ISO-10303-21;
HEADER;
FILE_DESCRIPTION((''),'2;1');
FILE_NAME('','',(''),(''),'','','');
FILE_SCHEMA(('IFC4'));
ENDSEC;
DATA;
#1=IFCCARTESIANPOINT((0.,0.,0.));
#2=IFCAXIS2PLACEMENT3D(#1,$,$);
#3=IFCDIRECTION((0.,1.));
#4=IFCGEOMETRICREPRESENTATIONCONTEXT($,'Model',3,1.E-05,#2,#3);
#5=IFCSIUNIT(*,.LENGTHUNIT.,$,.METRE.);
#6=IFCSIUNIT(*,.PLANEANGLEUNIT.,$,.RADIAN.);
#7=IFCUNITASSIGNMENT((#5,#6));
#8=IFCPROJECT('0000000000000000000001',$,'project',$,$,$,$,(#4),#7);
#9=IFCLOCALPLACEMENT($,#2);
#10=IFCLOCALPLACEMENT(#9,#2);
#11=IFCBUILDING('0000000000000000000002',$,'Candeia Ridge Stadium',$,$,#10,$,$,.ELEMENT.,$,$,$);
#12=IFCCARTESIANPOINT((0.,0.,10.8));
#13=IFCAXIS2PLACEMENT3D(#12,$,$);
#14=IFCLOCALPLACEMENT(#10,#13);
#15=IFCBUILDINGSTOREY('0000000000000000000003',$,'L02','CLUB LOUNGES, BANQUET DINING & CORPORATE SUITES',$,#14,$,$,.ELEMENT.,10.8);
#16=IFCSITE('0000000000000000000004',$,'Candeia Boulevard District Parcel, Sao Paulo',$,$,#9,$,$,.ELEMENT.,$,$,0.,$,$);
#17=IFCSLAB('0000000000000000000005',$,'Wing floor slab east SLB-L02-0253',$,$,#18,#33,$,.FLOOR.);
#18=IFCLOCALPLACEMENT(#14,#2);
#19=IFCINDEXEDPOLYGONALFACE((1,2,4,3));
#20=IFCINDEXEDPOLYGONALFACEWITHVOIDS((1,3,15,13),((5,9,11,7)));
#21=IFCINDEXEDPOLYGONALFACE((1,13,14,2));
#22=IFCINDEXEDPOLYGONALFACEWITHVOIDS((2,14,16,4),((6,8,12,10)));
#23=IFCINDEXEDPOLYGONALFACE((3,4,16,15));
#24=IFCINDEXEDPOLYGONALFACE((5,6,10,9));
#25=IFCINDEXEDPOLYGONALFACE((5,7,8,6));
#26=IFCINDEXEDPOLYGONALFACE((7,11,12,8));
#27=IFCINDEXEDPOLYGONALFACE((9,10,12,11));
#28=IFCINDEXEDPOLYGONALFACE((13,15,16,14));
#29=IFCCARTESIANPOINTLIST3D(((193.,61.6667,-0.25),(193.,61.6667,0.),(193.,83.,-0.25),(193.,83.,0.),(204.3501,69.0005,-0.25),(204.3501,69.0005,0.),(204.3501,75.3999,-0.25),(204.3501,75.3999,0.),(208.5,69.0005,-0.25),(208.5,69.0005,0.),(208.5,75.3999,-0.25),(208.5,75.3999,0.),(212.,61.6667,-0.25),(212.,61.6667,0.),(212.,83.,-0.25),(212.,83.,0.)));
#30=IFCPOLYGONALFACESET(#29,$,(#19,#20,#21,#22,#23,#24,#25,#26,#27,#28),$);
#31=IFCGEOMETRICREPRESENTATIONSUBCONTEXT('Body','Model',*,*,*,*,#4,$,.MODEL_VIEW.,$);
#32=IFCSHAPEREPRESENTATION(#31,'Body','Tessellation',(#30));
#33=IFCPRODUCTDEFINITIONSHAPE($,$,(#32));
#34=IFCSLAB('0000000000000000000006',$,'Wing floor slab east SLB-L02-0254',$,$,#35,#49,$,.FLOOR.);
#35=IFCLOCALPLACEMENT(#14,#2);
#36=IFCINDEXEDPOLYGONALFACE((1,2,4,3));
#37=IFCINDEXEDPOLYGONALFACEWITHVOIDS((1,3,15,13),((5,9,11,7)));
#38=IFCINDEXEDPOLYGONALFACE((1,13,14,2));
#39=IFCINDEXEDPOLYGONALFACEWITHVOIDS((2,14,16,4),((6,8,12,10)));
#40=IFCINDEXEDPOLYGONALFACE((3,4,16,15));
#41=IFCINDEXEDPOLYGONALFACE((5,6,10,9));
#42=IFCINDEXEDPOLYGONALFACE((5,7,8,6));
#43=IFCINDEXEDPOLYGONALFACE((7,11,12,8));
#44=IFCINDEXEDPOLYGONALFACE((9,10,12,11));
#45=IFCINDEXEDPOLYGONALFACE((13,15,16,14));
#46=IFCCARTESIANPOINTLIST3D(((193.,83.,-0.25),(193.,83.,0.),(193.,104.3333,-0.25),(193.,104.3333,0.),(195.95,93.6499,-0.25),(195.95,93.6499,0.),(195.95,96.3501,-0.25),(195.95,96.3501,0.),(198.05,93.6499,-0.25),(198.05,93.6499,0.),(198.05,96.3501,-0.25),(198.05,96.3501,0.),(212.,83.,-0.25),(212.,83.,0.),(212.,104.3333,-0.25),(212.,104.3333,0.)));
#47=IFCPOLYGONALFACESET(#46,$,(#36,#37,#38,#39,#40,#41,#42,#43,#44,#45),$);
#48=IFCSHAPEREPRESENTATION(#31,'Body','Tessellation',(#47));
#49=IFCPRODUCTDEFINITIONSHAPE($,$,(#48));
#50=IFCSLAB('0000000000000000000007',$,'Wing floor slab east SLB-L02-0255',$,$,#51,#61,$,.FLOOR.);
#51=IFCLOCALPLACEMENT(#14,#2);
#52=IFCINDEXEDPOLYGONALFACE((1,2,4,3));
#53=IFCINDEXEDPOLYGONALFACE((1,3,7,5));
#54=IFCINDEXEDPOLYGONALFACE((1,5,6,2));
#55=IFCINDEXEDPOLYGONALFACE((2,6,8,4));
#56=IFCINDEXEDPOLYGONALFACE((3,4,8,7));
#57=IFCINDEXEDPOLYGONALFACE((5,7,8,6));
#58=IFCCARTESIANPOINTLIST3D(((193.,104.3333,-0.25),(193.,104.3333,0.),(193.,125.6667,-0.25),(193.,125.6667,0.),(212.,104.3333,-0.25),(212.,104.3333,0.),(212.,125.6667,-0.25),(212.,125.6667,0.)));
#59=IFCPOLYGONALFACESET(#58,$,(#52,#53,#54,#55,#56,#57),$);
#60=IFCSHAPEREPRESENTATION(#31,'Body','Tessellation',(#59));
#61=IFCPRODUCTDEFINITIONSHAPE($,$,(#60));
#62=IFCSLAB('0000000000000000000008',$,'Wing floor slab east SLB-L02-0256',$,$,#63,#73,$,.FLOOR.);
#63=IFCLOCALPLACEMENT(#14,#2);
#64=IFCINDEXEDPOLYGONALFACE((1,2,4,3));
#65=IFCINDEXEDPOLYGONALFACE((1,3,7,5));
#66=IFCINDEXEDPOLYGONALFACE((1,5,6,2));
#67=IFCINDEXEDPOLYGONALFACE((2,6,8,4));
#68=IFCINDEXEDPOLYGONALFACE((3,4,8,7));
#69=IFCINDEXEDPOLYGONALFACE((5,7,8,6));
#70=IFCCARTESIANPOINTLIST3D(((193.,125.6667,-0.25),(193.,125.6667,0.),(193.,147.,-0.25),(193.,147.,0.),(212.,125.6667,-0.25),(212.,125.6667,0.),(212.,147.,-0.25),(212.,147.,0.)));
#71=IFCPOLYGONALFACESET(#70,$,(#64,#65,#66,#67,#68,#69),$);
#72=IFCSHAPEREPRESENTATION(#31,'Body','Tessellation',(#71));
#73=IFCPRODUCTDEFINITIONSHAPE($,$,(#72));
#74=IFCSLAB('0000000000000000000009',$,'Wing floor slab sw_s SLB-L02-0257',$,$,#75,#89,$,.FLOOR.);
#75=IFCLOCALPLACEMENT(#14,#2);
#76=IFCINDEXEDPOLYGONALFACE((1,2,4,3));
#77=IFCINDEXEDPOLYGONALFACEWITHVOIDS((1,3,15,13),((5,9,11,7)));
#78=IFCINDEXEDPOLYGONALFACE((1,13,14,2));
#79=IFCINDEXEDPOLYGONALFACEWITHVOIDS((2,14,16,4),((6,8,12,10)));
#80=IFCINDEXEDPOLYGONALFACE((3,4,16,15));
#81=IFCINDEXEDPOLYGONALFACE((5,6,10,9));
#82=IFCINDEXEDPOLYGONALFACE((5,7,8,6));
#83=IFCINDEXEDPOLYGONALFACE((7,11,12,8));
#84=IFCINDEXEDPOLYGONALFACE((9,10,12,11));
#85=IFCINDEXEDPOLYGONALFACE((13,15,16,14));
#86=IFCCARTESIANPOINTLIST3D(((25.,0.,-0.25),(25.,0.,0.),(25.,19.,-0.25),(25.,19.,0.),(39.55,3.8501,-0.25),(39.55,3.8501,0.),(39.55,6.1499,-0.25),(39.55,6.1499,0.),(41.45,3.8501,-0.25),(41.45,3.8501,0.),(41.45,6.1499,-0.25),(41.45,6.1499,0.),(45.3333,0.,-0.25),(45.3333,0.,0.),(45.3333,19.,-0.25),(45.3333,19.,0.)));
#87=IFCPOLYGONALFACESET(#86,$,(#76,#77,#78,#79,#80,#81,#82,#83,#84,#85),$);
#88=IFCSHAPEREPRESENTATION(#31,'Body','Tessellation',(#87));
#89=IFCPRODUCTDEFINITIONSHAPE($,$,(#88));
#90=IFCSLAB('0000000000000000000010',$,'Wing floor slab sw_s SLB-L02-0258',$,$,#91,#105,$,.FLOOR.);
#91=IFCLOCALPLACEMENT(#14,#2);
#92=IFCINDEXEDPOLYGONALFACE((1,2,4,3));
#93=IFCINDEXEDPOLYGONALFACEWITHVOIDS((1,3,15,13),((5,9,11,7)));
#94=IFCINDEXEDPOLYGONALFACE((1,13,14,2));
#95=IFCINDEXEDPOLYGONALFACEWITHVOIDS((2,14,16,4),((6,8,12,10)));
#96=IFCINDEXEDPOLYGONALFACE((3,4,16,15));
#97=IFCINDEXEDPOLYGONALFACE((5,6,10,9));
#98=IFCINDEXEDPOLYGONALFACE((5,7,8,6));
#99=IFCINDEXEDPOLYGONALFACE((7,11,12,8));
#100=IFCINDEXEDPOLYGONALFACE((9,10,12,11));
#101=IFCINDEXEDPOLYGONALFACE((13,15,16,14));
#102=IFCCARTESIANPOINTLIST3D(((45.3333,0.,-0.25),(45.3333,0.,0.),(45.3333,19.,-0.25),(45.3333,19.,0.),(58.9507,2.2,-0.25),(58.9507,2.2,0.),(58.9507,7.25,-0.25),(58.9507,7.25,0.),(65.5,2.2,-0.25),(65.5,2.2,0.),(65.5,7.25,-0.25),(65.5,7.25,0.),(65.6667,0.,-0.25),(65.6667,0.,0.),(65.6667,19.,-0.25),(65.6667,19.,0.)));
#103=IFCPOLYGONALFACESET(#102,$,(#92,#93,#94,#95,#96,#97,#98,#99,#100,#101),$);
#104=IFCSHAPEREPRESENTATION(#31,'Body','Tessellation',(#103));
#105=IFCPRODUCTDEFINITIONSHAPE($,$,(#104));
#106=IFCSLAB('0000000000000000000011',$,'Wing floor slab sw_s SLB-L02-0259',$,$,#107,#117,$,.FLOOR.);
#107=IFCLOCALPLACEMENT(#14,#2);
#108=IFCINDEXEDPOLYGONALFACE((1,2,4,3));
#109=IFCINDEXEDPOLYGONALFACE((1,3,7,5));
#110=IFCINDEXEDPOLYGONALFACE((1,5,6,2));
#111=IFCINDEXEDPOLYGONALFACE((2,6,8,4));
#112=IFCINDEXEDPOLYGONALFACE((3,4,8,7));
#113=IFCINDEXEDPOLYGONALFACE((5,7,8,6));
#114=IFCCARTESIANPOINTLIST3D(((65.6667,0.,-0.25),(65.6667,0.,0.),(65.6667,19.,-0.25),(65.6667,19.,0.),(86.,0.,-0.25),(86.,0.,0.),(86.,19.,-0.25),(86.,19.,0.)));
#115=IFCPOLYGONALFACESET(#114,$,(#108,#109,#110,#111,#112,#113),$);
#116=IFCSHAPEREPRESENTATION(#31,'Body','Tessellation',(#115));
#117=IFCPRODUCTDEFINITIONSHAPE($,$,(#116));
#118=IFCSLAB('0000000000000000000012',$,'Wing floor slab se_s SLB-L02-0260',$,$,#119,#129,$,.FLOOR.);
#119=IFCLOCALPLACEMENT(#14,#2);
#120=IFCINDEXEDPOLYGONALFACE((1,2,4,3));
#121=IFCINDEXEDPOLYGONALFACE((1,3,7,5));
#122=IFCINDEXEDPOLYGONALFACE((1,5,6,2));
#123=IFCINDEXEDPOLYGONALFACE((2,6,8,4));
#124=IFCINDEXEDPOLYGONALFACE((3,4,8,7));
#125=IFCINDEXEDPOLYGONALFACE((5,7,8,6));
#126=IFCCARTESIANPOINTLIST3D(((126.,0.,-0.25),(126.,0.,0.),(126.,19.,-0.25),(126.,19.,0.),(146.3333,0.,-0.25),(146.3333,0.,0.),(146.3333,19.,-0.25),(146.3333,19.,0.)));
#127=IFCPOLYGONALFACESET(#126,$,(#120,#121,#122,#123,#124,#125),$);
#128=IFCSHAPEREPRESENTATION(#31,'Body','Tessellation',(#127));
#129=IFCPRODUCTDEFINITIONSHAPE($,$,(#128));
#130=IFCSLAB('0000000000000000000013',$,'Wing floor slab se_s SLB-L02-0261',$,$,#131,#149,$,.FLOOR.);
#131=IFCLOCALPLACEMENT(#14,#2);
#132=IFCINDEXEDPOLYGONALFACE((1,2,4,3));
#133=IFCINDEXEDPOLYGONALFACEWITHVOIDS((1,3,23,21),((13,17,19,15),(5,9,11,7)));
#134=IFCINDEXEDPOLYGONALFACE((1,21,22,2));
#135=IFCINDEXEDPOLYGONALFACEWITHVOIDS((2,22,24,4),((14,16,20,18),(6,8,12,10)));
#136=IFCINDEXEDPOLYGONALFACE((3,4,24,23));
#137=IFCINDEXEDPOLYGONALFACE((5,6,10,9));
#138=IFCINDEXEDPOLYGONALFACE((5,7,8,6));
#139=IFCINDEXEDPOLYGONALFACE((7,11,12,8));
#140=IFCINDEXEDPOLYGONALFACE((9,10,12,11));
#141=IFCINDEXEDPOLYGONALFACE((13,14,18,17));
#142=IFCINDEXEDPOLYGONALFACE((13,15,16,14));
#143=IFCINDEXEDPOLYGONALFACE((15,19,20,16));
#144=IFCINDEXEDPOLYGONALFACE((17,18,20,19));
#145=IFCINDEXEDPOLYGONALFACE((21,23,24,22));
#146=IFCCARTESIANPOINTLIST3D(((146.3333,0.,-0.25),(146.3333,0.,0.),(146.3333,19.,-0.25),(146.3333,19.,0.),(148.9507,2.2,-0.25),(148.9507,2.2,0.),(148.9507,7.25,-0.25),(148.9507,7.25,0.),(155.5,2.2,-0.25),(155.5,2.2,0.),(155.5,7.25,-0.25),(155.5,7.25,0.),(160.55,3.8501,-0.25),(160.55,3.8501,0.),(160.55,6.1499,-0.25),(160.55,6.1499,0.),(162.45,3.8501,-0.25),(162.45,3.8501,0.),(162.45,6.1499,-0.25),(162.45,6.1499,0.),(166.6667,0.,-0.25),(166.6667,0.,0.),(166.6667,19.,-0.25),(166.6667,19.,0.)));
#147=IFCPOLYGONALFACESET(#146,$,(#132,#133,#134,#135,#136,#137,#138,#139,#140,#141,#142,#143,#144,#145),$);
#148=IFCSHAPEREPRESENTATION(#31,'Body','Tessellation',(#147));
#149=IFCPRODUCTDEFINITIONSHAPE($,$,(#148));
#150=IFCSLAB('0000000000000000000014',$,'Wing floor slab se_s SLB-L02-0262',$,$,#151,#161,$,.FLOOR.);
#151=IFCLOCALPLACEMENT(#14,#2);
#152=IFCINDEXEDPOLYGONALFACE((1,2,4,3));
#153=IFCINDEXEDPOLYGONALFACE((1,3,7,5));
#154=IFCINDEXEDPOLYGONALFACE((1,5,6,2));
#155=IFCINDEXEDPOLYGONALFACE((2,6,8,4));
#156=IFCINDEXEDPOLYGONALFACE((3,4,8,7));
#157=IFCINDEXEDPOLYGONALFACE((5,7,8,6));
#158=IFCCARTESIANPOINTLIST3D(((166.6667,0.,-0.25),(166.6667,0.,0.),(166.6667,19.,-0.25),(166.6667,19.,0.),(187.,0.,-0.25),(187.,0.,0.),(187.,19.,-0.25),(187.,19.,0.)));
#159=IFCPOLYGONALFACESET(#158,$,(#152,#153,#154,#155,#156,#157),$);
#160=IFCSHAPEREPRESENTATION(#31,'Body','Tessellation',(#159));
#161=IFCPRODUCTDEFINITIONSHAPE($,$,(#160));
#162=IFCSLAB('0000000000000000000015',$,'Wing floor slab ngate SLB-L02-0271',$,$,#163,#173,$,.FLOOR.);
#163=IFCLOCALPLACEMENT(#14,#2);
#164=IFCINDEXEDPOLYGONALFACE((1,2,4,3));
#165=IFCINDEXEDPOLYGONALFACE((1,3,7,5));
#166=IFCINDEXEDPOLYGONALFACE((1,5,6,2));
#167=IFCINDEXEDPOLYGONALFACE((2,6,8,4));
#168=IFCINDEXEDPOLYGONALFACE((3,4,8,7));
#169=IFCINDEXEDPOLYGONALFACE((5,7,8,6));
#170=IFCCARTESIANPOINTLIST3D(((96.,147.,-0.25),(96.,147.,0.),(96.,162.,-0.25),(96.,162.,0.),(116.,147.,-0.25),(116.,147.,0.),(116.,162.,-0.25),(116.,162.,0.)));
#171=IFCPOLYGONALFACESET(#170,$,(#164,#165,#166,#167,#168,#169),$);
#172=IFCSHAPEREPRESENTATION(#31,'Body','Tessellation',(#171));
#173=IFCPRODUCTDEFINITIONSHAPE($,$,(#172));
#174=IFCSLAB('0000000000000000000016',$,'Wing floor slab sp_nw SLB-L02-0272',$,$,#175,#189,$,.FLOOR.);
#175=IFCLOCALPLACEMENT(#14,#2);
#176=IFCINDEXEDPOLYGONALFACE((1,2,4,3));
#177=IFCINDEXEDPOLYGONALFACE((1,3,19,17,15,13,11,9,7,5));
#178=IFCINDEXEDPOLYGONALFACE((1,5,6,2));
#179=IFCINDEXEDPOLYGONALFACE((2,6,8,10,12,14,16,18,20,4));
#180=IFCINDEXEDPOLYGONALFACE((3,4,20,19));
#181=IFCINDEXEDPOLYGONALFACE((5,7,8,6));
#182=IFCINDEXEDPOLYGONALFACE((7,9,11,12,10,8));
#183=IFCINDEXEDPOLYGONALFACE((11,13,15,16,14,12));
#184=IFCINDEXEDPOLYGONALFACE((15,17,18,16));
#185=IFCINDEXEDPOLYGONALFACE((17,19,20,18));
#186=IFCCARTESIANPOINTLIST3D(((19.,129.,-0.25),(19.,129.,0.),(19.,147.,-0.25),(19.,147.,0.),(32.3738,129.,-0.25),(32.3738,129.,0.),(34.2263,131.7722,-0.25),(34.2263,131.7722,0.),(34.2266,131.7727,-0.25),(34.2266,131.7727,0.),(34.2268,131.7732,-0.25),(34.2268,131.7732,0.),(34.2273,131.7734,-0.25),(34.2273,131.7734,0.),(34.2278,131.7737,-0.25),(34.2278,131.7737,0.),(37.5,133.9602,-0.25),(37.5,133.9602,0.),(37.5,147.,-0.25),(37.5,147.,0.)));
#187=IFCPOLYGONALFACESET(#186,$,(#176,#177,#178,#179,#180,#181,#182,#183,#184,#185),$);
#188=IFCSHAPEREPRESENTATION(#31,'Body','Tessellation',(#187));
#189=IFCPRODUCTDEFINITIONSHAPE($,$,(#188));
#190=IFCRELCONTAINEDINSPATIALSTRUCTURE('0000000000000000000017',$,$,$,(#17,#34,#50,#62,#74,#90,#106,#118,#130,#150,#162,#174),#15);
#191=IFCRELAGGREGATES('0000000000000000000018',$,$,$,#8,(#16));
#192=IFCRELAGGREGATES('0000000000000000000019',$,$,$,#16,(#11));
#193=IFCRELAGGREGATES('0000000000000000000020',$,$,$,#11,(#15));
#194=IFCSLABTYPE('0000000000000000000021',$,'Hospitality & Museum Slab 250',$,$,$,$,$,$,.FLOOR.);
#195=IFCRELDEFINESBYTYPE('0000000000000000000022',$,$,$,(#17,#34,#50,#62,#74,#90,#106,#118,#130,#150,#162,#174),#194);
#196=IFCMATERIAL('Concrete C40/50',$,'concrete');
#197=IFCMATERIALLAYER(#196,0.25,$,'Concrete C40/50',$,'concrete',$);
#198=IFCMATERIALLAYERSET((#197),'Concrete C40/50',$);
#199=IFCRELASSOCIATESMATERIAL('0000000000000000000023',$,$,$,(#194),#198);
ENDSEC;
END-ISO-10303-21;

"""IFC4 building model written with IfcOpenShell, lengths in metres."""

from ifc_helpers import new_model, si_unit, direction, frame, origin, place, context, subcontext, project, spatial, polyline, outline, extrude, material, layer, layer_set, type_object, element, save


model = new_model("IFC4")

# Units and contexts
model_context = context("Model", 3, precision=1e-05, world=origin(), true_north=direction((0.0, 1.0)))
body_context = subcontext(model_context, "Body", "Model", "MODEL_VIEW")
ifc_project = project(units=[si_unit("LENGTHUNIT", "METRE"), si_unit("PLANEANGLEUNIT", "RADIAN")], contexts=[model_context])

# Site, building, storey
site_placement = place(None, origin())
site = spatial("IfcSite", under=ifc_project, at=site_placement, Name="Candeia Boulevard District Parcel, Sao Paulo", CompositionType="ELEMENT", RefElevation=0.0)
building_placement = place(site_placement, origin())
building = spatial("IfcBuilding", under=site, at=building_placement, Name="Candeia Ridge Stadium", CompositionType="ELEMENT")
storey_placement = place(building_placement, frame((0.0, 0.0, 10.8)))
storey = spatial("IfcBuildingStorey", under=building, at=storey_placement, Name="L02", Description="CLUB LOUNGES, BANQUET DINING & CORPORATE SUITES", CompositionType="ELEMENT", Elevation=10.8)

# Shared definitions
ifc_material = material(Name="Concrete C40/50", Category="concrete")

# Slabs
ifc_layer_1 = layer(ifc_material, 0.25, Name="Concrete C40/50", Category="concrete")
ifc_layer_set_1 = layer_set([ifc_layer_1], Name="Concrete C40/50")
slab_type_1 = type_object("IfcSlabType", Name="Hospitality & Museum Slab 250", PredefinedType="FLOOR", material=ifc_layer_set_1)
slab_1_placement = place(storey_placement, frame((0.0, 0.0, -0.25)))
element("IfcSlab", 1, at=slab_1_placement, inside=storey, type_object=slab_type_1, Name="Wing floor slab east SLB-L02-0253", PredefinedType="FLOOR", context=body_context, shape_type="SweptSolid", body=[
    extrude(outline(polyline([(193.0, 61.6667), (193.0, 83.0), (212.0, 83.0), (212.0, 61.6667), (193.0, 61.6667)]), holes=[polyline([(208.5, 69.0005), (208.5, 75.3999), (204.3501, 75.3999), (204.3501, 69.0005), (208.5, 69.0005)])]), origin(), (0.0, 0.0, 1.0), 0.25),
])
slab_2_placement = place(storey_placement, frame((0.0, 0.0, -0.25)))
element("IfcSlab", 2, at=slab_2_placement, inside=storey, type_object=slab_type_1, Name="Wing floor slab east SLB-L02-0254", PredefinedType="FLOOR", context=body_context, shape_type="SweptSolid", body=[
    extrude(outline(polyline([(193.0, 83.0), (193.0, 104.3333), (212.0, 104.3333), (212.0, 83.0), (193.0, 83.0)]), holes=[polyline([(198.05, 93.6499), (198.05, 96.3501), (195.95, 96.3501), (195.95, 93.6499), (198.05, 93.6499)])]), origin(), (0.0, 0.0, 1.0), 0.25),
])
slab_3_placement = place(storey_placement, frame((0.0, 0.0, -0.25)))
element("IfcSlab", 3, at=slab_3_placement, inside=storey, type_object=slab_type_1, Name="Wing floor slab east SLB-L02-0255", PredefinedType="FLOOR", context=body_context, shape_type="SweptSolid", body=[
    extrude(outline(polyline([(193.0, 104.3333), (193.0, 125.6667), (212.0, 125.6667), (212.0, 104.3333), (193.0, 104.3333)])), origin(), (0.0, 0.0, 1.0), 0.25),
])
slab_4_placement = place(storey_placement, frame((0.0, 0.0, -0.25)))
element("IfcSlab", 4, at=slab_4_placement, inside=storey, type_object=slab_type_1, Name="Wing floor slab east SLB-L02-0256", PredefinedType="FLOOR", context=body_context, shape_type="SweptSolid", body=[
    extrude(outline(polyline([(193.0, 125.6667), (193.0, 147.0), (212.0, 147.0), (212.0, 125.6667), (193.0, 125.6667)])), origin(), (0.0, 0.0, 1.0), 0.25),
])
slab_5_placement = place(storey_placement, frame((0.0, 0.0, -0.25)))
element("IfcSlab", 5, at=slab_5_placement, inside=storey, type_object=slab_type_1, Name="Wing floor slab sw_s SLB-L02-0257", PredefinedType="FLOOR", context=body_context, shape_type="SweptSolid", body=[
    extrude(outline(polyline([(25.0, 0.0), (25.0, 19.0), (45.3333, 19.0), (45.3333, 0.0), (25.0, 0.0)]), holes=[polyline([(41.45, 3.8501), (41.45, 6.1499), (39.55, 6.1499), (39.55, 3.8501), (41.45, 3.8501)])]), origin(), (0.0, 0.0, 1.0), 0.25),
])
slab_6_placement = place(storey_placement, frame((0.0, 0.0, -0.25)))
element("IfcSlab", 6, at=slab_6_placement, inside=storey, type_object=slab_type_1, Name="Wing floor slab sw_s SLB-L02-0258", PredefinedType="FLOOR", context=body_context, shape_type="SweptSolid", body=[
    extrude(outline(polyline([(45.3333, 0.0), (45.3333, 19.0), (65.6667, 19.0), (65.6667, 0.0), (45.3333, 0.0)]), holes=[polyline([(58.9507, 2.2), (65.5, 2.2), (65.5, 7.25), (58.9507, 7.25), (58.9507, 2.2)])]), origin(), (0.0, 0.0, 1.0), 0.25),
])
slab_7_placement = place(storey_placement, frame((0.0, 0.0, -0.25)))
element("IfcSlab", 7, at=slab_7_placement, inside=storey, type_object=slab_type_1, Name="Wing floor slab sw_s SLB-L02-0259", PredefinedType="FLOOR", context=body_context, shape_type="SweptSolid", body=[
    extrude(outline(polyline([(65.6667, 0.0), (65.6667, 19.0), (86.0, 19.0), (86.0, 0.0), (65.6667, 0.0)])), origin(), (0.0, 0.0, 1.0), 0.25),
])
slab_8_placement = place(storey_placement, frame((0.0, 0.0, -0.25)))
element("IfcSlab", 8, at=slab_8_placement, inside=storey, type_object=slab_type_1, Name="Wing floor slab se_s SLB-L02-0260", PredefinedType="FLOOR", context=body_context, shape_type="SweptSolid", body=[
    extrude(outline(polyline([(126.0, 0.0), (126.0, 19.0), (146.3333, 19.0), (146.3333, 0.0), (126.0, 0.0)])), origin(), (0.0, 0.0, 1.0), 0.25),
])
slab_9_placement = place(storey_placement, frame((0.0, 0.0, -0.25)))
element("IfcSlab", 9, at=slab_9_placement, inside=storey, type_object=slab_type_1, Name="Wing floor slab se_s SLB-L02-0261", PredefinedType="FLOOR", context=body_context, shape_type="SweptSolid", body=[
    extrude(outline(polyline([(146.3333, 0.0), (146.3333, 19.0), (166.6667, 19.0), (166.6667, 0.0), (146.3333, 0.0)]), holes=[polyline([(148.9507, 2.2), (155.5, 2.2), (155.5, 7.25), (148.9507, 7.25), (148.9507, 2.2)]), polyline([(162.45, 3.8501), (162.45, 6.1499), (160.55, 6.1499), (160.55, 3.8501), (162.45, 3.8501)])]), origin(), (0.0, 0.0, 1.0), 0.25),
])
slab_10_placement = place(storey_placement, frame((0.0, 0.0, -0.25)))
element("IfcSlab", 10, at=slab_10_placement, inside=storey, type_object=slab_type_1, Name="Wing floor slab se_s SLB-L02-0262", PredefinedType="FLOOR", context=body_context, shape_type="SweptSolid", body=[
    extrude(outline(polyline([(166.6667, 0.0), (166.6667, 19.0), (187.0, 19.0), (187.0, 0.0), (166.6667, 0.0)])), origin(), (0.0, 0.0, 1.0), 0.25),
])
slab_11_placement = place(storey_placement, frame((0.0, 0.0, -0.25)))
element("IfcSlab", 11, at=slab_11_placement, inside=storey, type_object=slab_type_1, Name="Wing floor slab ngate SLB-L02-0271", PredefinedType="FLOOR", context=body_context, shape_type="SweptSolid", body=[
    extrude(outline(polyline([(96.0, 147.0), (96.0, 162.0), (116.0, 162.0), (116.0, 147.0), (96.0, 147.0)])), origin(), (0.0, 0.0, 1.0), 0.25),
])
slab_12_placement = place(storey_placement, frame((0.0, 0.0, -0.25)))
element("IfcSlab", 12, at=slab_12_placement, inside=storey, type_object=slab_type_1, Name="Wing floor slab sp_nw SLB-L02-0272", PredefinedType="FLOOR", context=body_context, shape_type="SweptSolid", body=[
    extrude(outline(polyline([(19.0, 147.0), (37.5, 147.0), (37.5, 133.9602), (34.2278, 131.7737), (34.2273, 131.7734), (34.2268, 131.7732), (34.2266, 131.7727), (34.2263, 131.7722), (32.3738, 129.0), (19.0, 129.0), (19.0, 147.0)])), origin(), (0.0, 0.0, 1.0), 0.25),
])

save(model, "model.ifc")
